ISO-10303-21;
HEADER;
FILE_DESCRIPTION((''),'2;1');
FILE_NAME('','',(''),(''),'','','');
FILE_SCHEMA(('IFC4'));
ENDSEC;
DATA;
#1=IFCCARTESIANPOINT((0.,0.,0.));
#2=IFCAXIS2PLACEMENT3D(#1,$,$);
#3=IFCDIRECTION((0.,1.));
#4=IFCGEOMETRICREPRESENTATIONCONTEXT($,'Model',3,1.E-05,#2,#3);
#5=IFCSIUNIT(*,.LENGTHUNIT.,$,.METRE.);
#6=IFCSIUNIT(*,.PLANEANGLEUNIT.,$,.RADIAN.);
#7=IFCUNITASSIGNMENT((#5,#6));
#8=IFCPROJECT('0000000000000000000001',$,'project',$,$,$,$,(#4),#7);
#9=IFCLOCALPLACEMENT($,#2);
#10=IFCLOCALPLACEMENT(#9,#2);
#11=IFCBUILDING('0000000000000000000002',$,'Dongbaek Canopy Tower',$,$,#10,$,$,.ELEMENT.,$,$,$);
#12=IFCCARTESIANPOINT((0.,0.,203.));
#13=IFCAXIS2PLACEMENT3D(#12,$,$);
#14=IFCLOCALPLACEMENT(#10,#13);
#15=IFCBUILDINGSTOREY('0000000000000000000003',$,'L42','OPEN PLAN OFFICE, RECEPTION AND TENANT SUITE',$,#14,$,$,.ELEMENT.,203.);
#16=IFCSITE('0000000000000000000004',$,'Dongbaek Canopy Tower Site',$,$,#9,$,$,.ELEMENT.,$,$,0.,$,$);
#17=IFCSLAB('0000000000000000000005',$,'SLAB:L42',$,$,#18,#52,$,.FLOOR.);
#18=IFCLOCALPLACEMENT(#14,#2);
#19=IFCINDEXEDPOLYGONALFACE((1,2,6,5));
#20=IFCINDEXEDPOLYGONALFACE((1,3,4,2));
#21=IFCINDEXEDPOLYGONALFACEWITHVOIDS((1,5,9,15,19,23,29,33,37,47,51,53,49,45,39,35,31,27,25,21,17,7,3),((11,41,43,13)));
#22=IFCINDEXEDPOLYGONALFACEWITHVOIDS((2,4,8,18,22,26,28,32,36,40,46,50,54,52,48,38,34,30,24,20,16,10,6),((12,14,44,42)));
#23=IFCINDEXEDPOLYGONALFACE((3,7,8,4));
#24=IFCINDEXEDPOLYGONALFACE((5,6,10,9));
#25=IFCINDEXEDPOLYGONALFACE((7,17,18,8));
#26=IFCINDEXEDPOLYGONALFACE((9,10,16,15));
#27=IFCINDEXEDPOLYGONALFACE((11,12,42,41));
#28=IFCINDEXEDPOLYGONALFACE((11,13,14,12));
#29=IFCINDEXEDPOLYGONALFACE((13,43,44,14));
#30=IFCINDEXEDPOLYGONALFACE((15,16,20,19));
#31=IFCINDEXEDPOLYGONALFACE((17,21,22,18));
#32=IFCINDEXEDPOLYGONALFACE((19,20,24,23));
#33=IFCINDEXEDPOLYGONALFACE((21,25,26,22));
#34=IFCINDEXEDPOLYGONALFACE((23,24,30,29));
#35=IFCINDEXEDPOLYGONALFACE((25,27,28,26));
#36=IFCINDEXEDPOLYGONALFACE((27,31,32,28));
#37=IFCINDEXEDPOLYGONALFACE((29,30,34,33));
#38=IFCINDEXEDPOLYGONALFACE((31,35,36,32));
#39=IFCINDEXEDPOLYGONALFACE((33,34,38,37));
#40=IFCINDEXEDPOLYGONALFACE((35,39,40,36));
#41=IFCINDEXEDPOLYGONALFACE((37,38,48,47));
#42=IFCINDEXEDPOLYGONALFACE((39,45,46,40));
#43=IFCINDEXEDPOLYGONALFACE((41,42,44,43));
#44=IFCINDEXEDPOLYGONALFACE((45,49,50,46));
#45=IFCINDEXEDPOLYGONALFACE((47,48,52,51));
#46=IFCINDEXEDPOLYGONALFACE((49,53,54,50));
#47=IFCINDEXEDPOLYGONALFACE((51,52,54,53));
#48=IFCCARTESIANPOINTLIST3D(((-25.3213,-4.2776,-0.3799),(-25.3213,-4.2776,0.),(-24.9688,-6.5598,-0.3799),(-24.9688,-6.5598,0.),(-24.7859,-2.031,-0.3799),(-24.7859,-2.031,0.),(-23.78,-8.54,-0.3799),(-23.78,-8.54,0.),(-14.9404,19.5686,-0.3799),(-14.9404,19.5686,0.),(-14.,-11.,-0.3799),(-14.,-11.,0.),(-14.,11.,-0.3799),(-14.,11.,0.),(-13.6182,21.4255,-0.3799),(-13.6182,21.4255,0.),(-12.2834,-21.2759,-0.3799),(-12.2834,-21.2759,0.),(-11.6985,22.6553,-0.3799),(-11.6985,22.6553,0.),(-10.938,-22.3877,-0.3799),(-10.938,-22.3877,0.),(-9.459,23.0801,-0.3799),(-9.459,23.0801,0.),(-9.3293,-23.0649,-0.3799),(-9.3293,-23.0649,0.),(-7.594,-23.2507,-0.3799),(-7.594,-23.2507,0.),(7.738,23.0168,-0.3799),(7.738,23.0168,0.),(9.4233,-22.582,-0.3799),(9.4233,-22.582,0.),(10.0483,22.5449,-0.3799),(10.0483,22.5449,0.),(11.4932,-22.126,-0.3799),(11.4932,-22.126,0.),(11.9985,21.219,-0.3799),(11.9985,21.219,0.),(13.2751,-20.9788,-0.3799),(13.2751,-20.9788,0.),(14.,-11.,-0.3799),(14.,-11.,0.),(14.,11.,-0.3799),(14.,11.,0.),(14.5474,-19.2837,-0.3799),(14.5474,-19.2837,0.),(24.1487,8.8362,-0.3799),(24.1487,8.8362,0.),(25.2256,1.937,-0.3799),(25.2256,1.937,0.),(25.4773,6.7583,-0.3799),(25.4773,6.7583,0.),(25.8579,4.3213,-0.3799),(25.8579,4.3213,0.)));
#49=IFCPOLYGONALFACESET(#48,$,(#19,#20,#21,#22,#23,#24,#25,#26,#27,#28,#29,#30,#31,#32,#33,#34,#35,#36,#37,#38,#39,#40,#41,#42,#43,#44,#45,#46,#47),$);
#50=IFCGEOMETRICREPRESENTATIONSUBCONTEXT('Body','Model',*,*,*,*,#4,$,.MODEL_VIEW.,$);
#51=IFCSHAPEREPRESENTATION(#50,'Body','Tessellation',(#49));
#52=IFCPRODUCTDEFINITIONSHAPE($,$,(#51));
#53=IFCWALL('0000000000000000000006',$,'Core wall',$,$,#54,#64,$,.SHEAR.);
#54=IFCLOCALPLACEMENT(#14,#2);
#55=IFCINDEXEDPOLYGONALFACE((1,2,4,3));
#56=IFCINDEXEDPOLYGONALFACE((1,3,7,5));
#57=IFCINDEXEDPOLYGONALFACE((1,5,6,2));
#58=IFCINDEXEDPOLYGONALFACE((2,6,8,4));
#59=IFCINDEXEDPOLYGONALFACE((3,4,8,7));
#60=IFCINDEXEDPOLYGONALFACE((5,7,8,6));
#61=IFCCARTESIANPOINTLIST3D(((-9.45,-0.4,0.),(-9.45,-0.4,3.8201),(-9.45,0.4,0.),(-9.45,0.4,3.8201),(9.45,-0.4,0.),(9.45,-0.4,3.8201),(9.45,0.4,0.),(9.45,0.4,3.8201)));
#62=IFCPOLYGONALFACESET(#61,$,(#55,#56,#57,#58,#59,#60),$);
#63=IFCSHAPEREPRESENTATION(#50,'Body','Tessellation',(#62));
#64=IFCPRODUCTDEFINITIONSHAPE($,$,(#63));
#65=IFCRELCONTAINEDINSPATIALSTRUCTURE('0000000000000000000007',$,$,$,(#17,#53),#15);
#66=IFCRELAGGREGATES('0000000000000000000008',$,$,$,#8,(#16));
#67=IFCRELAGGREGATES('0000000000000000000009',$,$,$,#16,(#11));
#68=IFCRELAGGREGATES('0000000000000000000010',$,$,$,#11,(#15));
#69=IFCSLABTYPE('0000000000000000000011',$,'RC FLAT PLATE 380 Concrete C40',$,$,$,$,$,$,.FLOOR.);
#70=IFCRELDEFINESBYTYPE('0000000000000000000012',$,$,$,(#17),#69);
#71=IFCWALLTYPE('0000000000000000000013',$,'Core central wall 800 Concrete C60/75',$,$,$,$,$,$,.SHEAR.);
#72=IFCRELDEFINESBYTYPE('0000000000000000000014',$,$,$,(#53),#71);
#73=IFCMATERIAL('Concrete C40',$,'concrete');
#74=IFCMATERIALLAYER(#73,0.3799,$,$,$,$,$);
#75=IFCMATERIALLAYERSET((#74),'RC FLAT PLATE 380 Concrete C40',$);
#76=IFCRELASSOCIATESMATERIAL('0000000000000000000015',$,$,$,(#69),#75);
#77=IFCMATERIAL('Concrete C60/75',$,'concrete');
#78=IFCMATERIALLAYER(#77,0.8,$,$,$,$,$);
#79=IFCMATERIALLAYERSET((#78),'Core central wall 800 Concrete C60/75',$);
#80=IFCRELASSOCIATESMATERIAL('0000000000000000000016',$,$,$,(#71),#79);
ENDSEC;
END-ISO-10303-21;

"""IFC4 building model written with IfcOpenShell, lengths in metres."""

from ifc_helpers import new_model, si_unit, direction, frame, frame_2d, origin, place, context, subcontext, project, spatial, polyline, rectangle, outline, extrude, material, layer, layer_set, type_object, element, save


model = new_model("IFC4")

# Units and contexts
model_context = context("Model", 3, precision=1e-05, world=origin(), true_north=direction((0.0, 1.0)))
body_context = subcontext(model_context, "Body", "Model", "MODEL_VIEW")
ifc_project = project(units=[si_unit("LENGTHUNIT", "METRE"), si_unit("PLANEANGLEUNIT", "RADIAN")], contexts=[model_context])

# Site, building, storey
site_placement = place(None, origin())
site = spatial("IfcSite", under=ifc_project, at=site_placement, Name="Dongbaek Canopy Tower Site", CompositionType="ELEMENT", RefElevation=0.0)
building_placement = place(site_placement, origin())
building = spatial("IfcBuilding", under=site, at=building_placement, Name="Dongbaek Canopy Tower", CompositionType="ELEMENT")
storey_placement = place(building_placement, frame((0.0, 0.0, 203.0)))
storey = spatial("IfcBuildingStorey", under=building, at=storey_placement, Name="L42", Description="OPEN PLAN OFFICE, RECEPTION AND TENANT SUITE", CompositionType="ELEMENT", Elevation=203.0)

# Slab
ifc_material_1 = material(Name="Concrete C40", Category="concrete")
ifc_layer_1 = layer(ifc_material_1, 0.3799)
ifc_layer_set_1 = layer_set([ifc_layer_1], Name="RC FLAT PLATE 380 Concrete C40")
slab_type = type_object("IfcSlabType", Name="RC FLAT PLATE 380 Concrete C40", PredefinedType="FLOOR", material=ifc_layer_set_1)
slab_placement = place(storey_placement, frame((0.0, 0.0, -0.3799)))
element("IfcSlab", 1, at=slab_placement, inside=storey, type_object=slab_type, Name="SLAB:L42", PredefinedType="FLOOR", context=body_context, shape_type="SweptSolid", body=[
    extrude(outline(polyline([(14.5474, -19.2837), (13.2751, -20.9788), (11.4932, -22.126), (9.4233, -22.582), (-7.594, -23.2507), (-9.3293, -23.0649), (-10.938, -22.3877), (-12.2834, -21.2759), (-23.78, -8.54), (-24.9688, -6.5598), (-25.3213, -4.2776), (-24.7859, -2.031), (-14.9404, 19.5686), (-13.6182, 21.4255), (-11.6985, 22.6553), (-9.459, 23.0801), (7.738, 23.0168), (10.0483, 22.5449), (11.9985, 21.219), (24.1487, 8.8362), (25.4773, 6.7583), (25.8579, 4.3213), (25.2256, 1.937), (14.5474, -19.2837)]), holes=[polyline([(14.0, 11.0), (-14.0, 11.0), (-14.0, -11.0), (14.0, -11.0), (14.0, 11.0)])]), origin(), (0.0, 0.0, 1.0), 0.3799),
])

# Wall
ifc_material_2 = material(Name="Concrete C60/75", Category="concrete")
ifc_layer_2 = layer(ifc_material_2, 0.8)
ifc_layer_set_2 = layer_set([ifc_layer_2], Name="Core central wall 800 Concrete C60/75")
wall_type_1 = type_object("IfcWallType", Name="Core central wall 800 Concrete C60/75", PredefinedType="SHEAR", material=ifc_layer_set_2)
wall_1_placement = place(storey_placement, frame((-9.45, 0.0, 0.0), z_axis=(0.0, 0.0, 1.0), x_axis=(1.0, 0.0, 0.0)))
element("IfcWall", 2, at=wall_1_placement, inside=storey, type_object=wall_type_1, Name="Core wall", PredefinedType="SHEAR", context=body_context, shape_type="SweptSolid", body=[
    extrude(rectangle(XDim=18.8999, YDim=0.8, at=frame_2d((9.45, 0.0))), origin(), (0.0, 0.0, 1.0), 3.8201),
])

save(model, "model.ifc")
